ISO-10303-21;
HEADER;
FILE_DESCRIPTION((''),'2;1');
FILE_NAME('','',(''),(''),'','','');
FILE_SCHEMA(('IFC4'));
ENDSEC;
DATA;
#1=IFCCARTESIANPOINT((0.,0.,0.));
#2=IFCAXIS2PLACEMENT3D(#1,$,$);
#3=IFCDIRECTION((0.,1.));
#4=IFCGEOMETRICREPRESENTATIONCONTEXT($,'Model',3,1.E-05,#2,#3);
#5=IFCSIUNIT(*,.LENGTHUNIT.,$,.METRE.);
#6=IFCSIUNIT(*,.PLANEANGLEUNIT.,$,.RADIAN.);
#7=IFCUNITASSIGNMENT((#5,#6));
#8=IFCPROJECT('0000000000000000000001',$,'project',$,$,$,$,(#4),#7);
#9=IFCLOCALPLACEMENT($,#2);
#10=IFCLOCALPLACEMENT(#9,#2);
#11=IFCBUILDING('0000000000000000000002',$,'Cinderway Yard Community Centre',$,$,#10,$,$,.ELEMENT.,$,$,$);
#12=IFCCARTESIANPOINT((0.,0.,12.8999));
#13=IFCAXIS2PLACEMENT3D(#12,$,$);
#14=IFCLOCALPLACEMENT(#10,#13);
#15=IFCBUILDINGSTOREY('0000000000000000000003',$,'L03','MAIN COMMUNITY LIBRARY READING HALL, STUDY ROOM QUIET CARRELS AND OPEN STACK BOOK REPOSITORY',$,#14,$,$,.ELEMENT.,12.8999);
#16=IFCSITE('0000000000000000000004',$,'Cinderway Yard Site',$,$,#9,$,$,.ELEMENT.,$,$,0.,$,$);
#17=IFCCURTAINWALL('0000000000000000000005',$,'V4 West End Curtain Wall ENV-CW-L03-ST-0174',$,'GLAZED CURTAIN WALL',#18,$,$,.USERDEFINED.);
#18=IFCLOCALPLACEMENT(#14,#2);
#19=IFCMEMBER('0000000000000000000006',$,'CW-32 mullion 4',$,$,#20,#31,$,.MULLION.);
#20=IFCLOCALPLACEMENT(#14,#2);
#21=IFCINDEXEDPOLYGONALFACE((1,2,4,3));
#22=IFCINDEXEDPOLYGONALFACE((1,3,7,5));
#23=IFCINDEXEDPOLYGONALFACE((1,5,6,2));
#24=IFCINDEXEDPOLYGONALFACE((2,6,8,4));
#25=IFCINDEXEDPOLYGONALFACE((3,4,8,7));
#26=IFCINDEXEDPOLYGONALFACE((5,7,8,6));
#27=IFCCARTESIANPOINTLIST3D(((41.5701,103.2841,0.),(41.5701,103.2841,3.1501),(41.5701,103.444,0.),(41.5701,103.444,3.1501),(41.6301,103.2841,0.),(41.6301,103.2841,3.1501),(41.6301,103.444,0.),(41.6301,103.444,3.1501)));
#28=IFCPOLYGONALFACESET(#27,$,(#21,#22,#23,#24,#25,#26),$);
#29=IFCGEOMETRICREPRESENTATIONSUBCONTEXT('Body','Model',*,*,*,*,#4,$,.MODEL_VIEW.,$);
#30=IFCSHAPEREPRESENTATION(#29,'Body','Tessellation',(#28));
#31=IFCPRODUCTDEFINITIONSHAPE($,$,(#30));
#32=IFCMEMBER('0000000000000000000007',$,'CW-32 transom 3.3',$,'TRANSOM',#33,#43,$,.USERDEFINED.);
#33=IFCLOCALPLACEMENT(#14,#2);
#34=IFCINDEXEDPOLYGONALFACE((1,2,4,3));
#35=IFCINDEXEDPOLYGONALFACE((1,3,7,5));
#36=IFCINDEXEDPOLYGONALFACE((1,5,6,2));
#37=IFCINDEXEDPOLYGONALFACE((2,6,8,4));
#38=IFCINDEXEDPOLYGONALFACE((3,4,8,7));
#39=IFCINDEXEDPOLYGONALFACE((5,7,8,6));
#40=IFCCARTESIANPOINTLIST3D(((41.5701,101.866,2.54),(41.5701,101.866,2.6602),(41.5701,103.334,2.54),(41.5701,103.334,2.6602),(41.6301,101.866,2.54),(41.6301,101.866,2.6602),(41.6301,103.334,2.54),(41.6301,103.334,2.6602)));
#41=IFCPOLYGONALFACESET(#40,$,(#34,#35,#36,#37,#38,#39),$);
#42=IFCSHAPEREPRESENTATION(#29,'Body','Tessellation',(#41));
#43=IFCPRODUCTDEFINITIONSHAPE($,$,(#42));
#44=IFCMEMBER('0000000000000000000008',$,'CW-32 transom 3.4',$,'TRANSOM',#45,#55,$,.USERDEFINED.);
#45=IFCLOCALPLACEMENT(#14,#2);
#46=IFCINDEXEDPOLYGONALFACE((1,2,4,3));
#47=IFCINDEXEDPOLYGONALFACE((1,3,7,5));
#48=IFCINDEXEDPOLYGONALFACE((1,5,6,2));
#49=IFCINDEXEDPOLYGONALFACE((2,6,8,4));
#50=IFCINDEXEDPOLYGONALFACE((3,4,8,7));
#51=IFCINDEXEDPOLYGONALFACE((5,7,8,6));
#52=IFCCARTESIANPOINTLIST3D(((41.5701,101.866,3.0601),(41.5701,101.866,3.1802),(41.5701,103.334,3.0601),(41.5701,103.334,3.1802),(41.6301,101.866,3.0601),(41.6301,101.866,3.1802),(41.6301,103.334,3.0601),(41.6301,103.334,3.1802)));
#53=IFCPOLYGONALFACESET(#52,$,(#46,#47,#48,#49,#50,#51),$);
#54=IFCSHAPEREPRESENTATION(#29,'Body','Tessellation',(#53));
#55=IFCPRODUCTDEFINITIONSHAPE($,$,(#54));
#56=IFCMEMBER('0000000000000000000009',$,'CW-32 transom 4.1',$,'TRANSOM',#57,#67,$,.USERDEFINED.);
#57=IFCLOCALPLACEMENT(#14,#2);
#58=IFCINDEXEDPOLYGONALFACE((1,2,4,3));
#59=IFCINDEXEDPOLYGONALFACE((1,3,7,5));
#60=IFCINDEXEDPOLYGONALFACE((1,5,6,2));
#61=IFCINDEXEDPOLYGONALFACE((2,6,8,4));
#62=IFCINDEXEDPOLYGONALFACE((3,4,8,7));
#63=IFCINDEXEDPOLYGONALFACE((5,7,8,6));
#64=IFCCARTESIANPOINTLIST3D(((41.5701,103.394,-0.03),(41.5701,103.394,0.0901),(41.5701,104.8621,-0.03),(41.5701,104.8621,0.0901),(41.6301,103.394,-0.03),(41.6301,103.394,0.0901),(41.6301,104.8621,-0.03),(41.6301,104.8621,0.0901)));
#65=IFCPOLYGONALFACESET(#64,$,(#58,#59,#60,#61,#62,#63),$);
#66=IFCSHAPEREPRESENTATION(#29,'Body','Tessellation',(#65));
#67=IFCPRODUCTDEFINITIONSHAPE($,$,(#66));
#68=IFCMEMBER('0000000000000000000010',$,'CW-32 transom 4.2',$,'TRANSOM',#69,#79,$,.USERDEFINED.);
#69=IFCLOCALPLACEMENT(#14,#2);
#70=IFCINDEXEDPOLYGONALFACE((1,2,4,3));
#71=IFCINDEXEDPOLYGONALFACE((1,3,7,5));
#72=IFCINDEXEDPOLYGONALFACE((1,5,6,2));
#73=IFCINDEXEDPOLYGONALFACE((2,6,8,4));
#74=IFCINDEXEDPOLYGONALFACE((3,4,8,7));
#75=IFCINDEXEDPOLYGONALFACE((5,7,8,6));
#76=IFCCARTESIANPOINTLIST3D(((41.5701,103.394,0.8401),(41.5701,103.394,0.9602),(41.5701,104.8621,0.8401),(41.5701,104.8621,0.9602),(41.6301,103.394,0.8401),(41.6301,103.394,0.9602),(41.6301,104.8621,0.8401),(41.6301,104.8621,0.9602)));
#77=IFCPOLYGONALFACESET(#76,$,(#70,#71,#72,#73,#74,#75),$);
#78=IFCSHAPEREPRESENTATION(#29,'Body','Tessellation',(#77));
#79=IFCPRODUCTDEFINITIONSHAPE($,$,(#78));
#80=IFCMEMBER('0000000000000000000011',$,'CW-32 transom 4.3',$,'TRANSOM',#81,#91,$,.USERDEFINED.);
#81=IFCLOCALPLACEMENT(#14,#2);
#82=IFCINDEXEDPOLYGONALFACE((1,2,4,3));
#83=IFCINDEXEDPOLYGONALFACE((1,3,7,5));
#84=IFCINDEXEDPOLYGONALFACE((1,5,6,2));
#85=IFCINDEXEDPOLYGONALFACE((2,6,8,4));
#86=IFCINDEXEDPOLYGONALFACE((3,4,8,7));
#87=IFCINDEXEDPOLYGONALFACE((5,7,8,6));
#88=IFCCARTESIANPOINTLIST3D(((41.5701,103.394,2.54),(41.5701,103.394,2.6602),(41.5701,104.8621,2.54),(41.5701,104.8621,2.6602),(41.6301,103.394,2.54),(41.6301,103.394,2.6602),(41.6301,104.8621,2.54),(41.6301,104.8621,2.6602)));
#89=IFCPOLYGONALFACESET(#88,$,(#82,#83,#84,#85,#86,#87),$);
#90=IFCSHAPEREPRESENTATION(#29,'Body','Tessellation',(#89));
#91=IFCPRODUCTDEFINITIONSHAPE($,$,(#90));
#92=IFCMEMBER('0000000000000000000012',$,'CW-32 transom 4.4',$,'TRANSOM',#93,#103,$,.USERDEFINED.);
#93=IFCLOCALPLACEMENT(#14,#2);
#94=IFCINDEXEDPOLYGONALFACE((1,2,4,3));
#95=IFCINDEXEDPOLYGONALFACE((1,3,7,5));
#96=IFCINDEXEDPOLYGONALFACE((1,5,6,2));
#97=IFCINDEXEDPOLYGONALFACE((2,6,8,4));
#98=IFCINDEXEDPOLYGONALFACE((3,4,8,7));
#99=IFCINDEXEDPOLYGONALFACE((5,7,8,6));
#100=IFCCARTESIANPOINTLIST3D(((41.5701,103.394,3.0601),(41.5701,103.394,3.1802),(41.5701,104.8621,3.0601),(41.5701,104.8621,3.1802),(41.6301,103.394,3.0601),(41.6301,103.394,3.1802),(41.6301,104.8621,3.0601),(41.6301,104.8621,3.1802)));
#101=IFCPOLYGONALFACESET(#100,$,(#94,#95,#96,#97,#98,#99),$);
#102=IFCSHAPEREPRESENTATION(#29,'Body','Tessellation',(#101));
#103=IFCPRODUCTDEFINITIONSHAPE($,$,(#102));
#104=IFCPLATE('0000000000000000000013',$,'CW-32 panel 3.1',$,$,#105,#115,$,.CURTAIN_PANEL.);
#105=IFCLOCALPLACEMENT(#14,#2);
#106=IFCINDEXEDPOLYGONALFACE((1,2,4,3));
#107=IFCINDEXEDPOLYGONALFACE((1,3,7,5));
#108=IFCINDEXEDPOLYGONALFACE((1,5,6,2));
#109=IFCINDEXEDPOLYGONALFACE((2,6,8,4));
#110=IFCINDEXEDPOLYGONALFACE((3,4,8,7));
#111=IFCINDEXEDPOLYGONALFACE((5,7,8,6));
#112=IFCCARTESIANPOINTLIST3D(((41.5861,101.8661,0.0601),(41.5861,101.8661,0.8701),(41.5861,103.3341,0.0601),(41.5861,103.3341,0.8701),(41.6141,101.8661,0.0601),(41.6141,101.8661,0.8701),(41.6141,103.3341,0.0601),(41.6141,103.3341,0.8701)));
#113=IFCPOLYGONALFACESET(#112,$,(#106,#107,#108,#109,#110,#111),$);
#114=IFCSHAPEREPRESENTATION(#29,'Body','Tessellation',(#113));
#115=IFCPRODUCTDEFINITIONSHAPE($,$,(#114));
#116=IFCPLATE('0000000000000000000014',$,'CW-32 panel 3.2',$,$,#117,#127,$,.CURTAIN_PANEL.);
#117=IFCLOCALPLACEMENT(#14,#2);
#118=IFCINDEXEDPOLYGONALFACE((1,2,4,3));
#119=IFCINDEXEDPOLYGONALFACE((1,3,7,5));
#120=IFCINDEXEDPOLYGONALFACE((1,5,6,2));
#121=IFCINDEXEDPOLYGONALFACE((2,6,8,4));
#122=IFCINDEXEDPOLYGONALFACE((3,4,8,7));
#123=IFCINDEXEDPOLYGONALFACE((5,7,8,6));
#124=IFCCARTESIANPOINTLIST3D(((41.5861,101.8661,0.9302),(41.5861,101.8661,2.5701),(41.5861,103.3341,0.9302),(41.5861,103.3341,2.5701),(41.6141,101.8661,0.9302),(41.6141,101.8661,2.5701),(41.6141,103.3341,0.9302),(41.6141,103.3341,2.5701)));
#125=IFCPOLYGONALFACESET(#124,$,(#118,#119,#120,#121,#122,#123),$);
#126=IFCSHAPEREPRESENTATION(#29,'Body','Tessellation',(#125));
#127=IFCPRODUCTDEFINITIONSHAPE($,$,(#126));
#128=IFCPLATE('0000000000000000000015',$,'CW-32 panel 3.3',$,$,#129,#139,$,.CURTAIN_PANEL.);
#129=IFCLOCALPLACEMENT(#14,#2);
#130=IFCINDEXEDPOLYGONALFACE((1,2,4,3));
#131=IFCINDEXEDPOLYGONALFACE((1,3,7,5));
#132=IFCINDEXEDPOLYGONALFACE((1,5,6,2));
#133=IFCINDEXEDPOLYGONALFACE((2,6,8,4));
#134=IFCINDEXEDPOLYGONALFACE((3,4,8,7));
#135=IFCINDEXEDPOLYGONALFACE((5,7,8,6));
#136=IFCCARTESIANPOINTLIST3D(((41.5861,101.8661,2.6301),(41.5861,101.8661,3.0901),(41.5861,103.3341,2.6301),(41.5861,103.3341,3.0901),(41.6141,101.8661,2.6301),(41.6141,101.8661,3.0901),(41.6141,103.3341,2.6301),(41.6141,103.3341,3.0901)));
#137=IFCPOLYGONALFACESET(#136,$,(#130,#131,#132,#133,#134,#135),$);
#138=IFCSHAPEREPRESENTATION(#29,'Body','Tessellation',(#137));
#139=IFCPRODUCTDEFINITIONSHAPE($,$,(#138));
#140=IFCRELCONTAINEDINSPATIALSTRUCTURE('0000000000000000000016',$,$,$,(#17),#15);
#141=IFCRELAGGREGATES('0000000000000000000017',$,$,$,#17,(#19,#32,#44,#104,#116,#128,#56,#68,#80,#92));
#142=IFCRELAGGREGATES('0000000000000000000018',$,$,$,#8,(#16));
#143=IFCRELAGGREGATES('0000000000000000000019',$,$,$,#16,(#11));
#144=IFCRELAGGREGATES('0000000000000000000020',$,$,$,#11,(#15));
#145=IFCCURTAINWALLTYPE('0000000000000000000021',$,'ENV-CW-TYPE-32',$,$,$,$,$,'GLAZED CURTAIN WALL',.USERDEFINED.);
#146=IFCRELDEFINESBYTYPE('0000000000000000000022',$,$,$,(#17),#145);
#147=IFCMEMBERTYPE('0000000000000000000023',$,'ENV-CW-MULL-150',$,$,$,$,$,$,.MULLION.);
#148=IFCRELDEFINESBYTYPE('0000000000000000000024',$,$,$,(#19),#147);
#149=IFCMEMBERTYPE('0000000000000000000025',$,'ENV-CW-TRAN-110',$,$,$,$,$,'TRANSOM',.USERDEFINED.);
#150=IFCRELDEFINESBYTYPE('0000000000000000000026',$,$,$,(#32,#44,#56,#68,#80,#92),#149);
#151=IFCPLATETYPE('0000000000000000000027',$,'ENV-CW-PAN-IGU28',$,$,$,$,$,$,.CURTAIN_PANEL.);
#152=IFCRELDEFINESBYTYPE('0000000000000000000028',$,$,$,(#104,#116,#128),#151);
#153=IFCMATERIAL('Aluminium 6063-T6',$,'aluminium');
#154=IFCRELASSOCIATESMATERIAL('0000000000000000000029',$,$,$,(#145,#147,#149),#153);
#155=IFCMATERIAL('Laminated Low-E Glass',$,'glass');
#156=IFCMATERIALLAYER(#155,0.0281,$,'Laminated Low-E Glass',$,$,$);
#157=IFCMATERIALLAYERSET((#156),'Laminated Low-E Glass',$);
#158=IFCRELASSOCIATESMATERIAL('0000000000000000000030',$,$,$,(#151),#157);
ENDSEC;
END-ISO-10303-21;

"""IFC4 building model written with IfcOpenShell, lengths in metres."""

from ifc_helpers import new_model, si_unit, direction, frame, origin, origin_2d, place, context, subcontext, project, spatial, rectangle, extrude, material, layer, layer_set, material_profile, profile_set, type_object, element, aggregate, save


model = new_model("IFC4")

# Units and contexts
model_context = context("Model", 3, precision=1e-05, world=origin(), true_north=direction((0.0, 1.0)))
body_context = subcontext(model_context, "Body", "Model", "MODEL_VIEW")
ifc_project = project(units=[si_unit("LENGTHUNIT", "METRE"), si_unit("PLANEANGLEUNIT", "RADIAN")], contexts=[model_context])

# Site, building, storey
site_placement = place(None, origin())
site = spatial("IfcSite", under=ifc_project, at=site_placement, Name="Cinderway Yard Site", CompositionType="ELEMENT", RefElevation=0.0)
building_placement = place(site_placement, origin())
building = spatial("IfcBuilding", under=site, at=building_placement, Name="Cinderway Yard Community Centre", CompositionType="ELEMENT")
storey_placement = place(building_placement, frame((0.0, 0.0, 12.8999)))
storey = spatial("IfcBuildingStorey", under=building, at=storey_placement, Name="L03", Description="MAIN COMMUNITY LIBRARY READING HALL, STUDY ROOM QUIET CARRELS AND OPEN STACK BOOK REPOSITORY", CompositionType="ELEMENT", Elevation=12.8999)

# Curtain wall, members, plates
ifc_material_1 = material(Name="Aluminium 6063-T6", Category="aluminium")
curtain_wall_type = type_object("IfcCurtainWallType", Name="ENV-CW-TYPE-32", ElementType="GLAZED CURTAIN WALL", PredefinedType="USERDEFINED", material=ifc_material_1)
curtain_wall_placement = place(storey_placement, origin())
curtain_wall = element("IfcCurtainWall", 1, at=curtain_wall_placement, inside=storey, type_object=curtain_wall_type, Name="V4 West End Curtain Wall ENV-CW-L03-ST-0174", ObjectType="GLAZED CURTAIN WALL", PredefinedType="USERDEFINED")
ifc_material_profile_1 = material_profile(ifc_material_1, rectangle(XDim=0.0601, YDim=0.1599, at=origin_2d()), Name="Aluminium 6063-T6")
ifc_profile_set_1 = profile_set([ifc_material_profile_1], Name="Aluminium 6063-T6")
member_type_1 = type_object("IfcMemberType", Name="ENV-CW-MULL-150", PredefinedType="MULLION", material=ifc_profile_set_1)
member_1_placement = place(storey_placement, frame((41.6001, 103.364, 0.0), z_axis=(0.0, 0.0, 1.0), x_axis=(-1.0, 0.0, 0.0)))
member_1 = element("IfcMember", 2, at=member_1_placement, type_object=member_type_1, Name="CW-32 mullion 4", PredefinedType="MULLION", context=body_context, shape_type="SweptSolid", body=[
    extrude(rectangle(XDim=0.0601, YDim=0.1599, at=origin_2d()), origin(), (0.0, 0.0, 1.0), 3.1501),
])
ifc_material_profile_2 = material_profile(ifc_material_1, rectangle(XDim=0.0601, YDim=0.1201, at=origin_2d()), Name="Aluminium 6063-T6")
ifc_profile_set_2 = profile_set([ifc_material_profile_2], Name="Aluminium 6063-T6")
member_type_2 = type_object("IfcMemberType", Name="ENV-CW-TRAN-110", ElementType="TRANSOM", PredefinedType="USERDEFINED", material=ifc_profile_set_2)
member_2_placement = place(storey_placement, frame((41.6001, 101.866, 2.6001), z_axis=(0.0, 1.0, 0.0), x_axis=(-1.0, 0.0, 0.0)))
member_2 = element("IfcMember", 3, at=member_2_placement, type_object=member_type_2, Name="CW-32 transom 3.3", ObjectType="TRANSOM", PredefinedType="USERDEFINED", context=body_context, shape_type="SweptSolid", body=[
    extrude(rectangle(XDim=0.0601, YDim=0.1201, at=origin_2d()), origin(), (0.0, 0.0, 1.0), 1.468),
])
member_3_placement = place(storey_placement, frame((41.6001, 101.866, 3.1201), z_axis=(0.0, 1.0, 0.0), x_axis=(-1.0, 0.0, 0.0)))
member_3 = element("IfcMember", 4, at=member_3_placement, type_object=member_type_2, Name="CW-32 transom 3.4", ObjectType="TRANSOM", PredefinedType="USERDEFINED", context=body_context, shape_type="SweptSolid", body=[
    extrude(rectangle(XDim=0.0601, YDim=0.1201, at=origin_2d()), origin(), (0.0, 0.0, 1.0), 1.468),
])
member_4_placement = place(storey_placement, frame((41.6001, 103.394, 0.03), z_axis=(0.0, 1.0, 0.0), x_axis=(-1.0, 0.0, 0.0)))
member_4 = element("IfcMember", 5, at=member_4_placement, type_object=member_type_2, Name="CW-32 transom 4.1", ObjectType="TRANSOM", PredefinedType="USERDEFINED", context=body_context, shape_type="SweptSolid", body=[
    extrude(rectangle(XDim=0.0601, YDim=0.1201, at=origin_2d()), origin(), (0.0, 0.0, 1.0), 1.468),
])
member_5_placement = place(storey_placement, frame((41.6001, 103.394, 0.9001), z_axis=(0.0, 1.0, 0.0), x_axis=(-1.0, 0.0, 0.0)))
member_5 = element("IfcMember", 6, at=member_5_placement, type_object=member_type_2, Name="CW-32 transom 4.2", ObjectType="TRANSOM", PredefinedType="USERDEFINED", context=body_context, shape_type="SweptSolid", body=[
    extrude(rectangle(XDim=0.0601, YDim=0.1201, at=origin_2d()), origin(), (0.0, 0.0, 1.0), 1.468),
])
member_6_placement = place(storey_placement, frame((41.6001, 103.394, 2.6001), z_axis=(0.0, 1.0, 0.0), x_axis=(-1.0, 0.0, 0.0)))
member_6 = element("IfcMember", 7, at=member_6_placement, type_object=member_type_2, Name="CW-32 transom 4.3", ObjectType="TRANSOM", PredefinedType="USERDEFINED", context=body_context, shape_type="SweptSolid", body=[
    extrude(rectangle(XDim=0.0601, YDim=0.1201, at=origin_2d()), origin(), (0.0, 0.0, 1.0), 1.468),
])
member_7_placement = place(storey_placement, frame((41.6001, 103.394, 3.1201), z_axis=(0.0, 1.0, 0.0), x_axis=(-1.0, 0.0, 0.0)))
member_7 = element("IfcMember", 8, at=member_7_placement, type_object=member_type_2, Name="CW-32 transom 4.4", ObjectType="TRANSOM", PredefinedType="USERDEFINED", context=body_context, shape_type="SweptSolid", body=[
    extrude(rectangle(XDim=0.0601, YDim=0.1201, at=origin_2d()), origin(), (0.0, 0.0, 1.0), 1.468),
])
ifc_material_2 = material(Name="Laminated Low-E Glass", Category="glass")
ifc_layer_1 = layer(ifc_material_2, 0.0281, Name="Laminated Low-E Glass")
ifc_layer_set_1 = layer_set([ifc_layer_1], Name="Laminated Low-E Glass")
plate_type = type_object("IfcPlateType", Name="ENV-CW-PAN-IGU28", PredefinedType="CURTAIN_PANEL", material=ifc_layer_set_1)
plate_1_placement = place(storey_placement, frame((41.6001, 102.6001, 0.0601), z_axis=(0.0, 0.0, 1.0), x_axis=(0.0, 1.0, 0.0)))
plate_1 = element("IfcPlate", 9, at=plate_1_placement, type_object=plate_type, Name="CW-32 panel 3.1", PredefinedType="CURTAIN_PANEL", context=body_context, shape_type="SweptSolid", body=[
    extrude(rectangle(XDim=1.468, YDim=0.0281, at=origin_2d()), origin(), (0.0, 0.0, 1.0), 0.8101),
])
plate_2_placement = place(storey_placement, frame((41.6001, 102.6001, 0.9302), z_axis=(0.0, 0.0, 1.0), x_axis=(0.0, 1.0, 0.0)))
plate_2 = element("IfcPlate", 10, at=plate_2_placement, type_object=plate_type, Name="CW-32 panel 3.2", PredefinedType="CURTAIN_PANEL", context=body_context, shape_type="SweptSolid", body=[
    extrude(rectangle(XDim=1.468, YDim=0.0281, at=origin_2d()), origin(), (0.0, 0.0, 1.0), 1.6399),
])
plate_3_placement = place(storey_placement, frame((41.6001, 102.6001, 2.6301), z_axis=(0.0, 0.0, 1.0), x_axis=(0.0, 1.0, 0.0)))
plate_3 = element("IfcPlate", 11, at=plate_3_placement, type_object=plate_type, Name="CW-32 panel 3.3", PredefinedType="CURTAIN_PANEL", context=body_context, shape_type="SweptSolid", body=[
    extrude(rectangle(XDim=1.468, YDim=0.0281, at=origin_2d()), origin(), (0.0, 0.0, 1.0), 0.46),
])
aggregate(curtain_wall, [member_1, member_2, member_3, plate_1, plate_2, plate_3, member_4, member_5, member_6, member_7])

save(model, "model.ifc")
